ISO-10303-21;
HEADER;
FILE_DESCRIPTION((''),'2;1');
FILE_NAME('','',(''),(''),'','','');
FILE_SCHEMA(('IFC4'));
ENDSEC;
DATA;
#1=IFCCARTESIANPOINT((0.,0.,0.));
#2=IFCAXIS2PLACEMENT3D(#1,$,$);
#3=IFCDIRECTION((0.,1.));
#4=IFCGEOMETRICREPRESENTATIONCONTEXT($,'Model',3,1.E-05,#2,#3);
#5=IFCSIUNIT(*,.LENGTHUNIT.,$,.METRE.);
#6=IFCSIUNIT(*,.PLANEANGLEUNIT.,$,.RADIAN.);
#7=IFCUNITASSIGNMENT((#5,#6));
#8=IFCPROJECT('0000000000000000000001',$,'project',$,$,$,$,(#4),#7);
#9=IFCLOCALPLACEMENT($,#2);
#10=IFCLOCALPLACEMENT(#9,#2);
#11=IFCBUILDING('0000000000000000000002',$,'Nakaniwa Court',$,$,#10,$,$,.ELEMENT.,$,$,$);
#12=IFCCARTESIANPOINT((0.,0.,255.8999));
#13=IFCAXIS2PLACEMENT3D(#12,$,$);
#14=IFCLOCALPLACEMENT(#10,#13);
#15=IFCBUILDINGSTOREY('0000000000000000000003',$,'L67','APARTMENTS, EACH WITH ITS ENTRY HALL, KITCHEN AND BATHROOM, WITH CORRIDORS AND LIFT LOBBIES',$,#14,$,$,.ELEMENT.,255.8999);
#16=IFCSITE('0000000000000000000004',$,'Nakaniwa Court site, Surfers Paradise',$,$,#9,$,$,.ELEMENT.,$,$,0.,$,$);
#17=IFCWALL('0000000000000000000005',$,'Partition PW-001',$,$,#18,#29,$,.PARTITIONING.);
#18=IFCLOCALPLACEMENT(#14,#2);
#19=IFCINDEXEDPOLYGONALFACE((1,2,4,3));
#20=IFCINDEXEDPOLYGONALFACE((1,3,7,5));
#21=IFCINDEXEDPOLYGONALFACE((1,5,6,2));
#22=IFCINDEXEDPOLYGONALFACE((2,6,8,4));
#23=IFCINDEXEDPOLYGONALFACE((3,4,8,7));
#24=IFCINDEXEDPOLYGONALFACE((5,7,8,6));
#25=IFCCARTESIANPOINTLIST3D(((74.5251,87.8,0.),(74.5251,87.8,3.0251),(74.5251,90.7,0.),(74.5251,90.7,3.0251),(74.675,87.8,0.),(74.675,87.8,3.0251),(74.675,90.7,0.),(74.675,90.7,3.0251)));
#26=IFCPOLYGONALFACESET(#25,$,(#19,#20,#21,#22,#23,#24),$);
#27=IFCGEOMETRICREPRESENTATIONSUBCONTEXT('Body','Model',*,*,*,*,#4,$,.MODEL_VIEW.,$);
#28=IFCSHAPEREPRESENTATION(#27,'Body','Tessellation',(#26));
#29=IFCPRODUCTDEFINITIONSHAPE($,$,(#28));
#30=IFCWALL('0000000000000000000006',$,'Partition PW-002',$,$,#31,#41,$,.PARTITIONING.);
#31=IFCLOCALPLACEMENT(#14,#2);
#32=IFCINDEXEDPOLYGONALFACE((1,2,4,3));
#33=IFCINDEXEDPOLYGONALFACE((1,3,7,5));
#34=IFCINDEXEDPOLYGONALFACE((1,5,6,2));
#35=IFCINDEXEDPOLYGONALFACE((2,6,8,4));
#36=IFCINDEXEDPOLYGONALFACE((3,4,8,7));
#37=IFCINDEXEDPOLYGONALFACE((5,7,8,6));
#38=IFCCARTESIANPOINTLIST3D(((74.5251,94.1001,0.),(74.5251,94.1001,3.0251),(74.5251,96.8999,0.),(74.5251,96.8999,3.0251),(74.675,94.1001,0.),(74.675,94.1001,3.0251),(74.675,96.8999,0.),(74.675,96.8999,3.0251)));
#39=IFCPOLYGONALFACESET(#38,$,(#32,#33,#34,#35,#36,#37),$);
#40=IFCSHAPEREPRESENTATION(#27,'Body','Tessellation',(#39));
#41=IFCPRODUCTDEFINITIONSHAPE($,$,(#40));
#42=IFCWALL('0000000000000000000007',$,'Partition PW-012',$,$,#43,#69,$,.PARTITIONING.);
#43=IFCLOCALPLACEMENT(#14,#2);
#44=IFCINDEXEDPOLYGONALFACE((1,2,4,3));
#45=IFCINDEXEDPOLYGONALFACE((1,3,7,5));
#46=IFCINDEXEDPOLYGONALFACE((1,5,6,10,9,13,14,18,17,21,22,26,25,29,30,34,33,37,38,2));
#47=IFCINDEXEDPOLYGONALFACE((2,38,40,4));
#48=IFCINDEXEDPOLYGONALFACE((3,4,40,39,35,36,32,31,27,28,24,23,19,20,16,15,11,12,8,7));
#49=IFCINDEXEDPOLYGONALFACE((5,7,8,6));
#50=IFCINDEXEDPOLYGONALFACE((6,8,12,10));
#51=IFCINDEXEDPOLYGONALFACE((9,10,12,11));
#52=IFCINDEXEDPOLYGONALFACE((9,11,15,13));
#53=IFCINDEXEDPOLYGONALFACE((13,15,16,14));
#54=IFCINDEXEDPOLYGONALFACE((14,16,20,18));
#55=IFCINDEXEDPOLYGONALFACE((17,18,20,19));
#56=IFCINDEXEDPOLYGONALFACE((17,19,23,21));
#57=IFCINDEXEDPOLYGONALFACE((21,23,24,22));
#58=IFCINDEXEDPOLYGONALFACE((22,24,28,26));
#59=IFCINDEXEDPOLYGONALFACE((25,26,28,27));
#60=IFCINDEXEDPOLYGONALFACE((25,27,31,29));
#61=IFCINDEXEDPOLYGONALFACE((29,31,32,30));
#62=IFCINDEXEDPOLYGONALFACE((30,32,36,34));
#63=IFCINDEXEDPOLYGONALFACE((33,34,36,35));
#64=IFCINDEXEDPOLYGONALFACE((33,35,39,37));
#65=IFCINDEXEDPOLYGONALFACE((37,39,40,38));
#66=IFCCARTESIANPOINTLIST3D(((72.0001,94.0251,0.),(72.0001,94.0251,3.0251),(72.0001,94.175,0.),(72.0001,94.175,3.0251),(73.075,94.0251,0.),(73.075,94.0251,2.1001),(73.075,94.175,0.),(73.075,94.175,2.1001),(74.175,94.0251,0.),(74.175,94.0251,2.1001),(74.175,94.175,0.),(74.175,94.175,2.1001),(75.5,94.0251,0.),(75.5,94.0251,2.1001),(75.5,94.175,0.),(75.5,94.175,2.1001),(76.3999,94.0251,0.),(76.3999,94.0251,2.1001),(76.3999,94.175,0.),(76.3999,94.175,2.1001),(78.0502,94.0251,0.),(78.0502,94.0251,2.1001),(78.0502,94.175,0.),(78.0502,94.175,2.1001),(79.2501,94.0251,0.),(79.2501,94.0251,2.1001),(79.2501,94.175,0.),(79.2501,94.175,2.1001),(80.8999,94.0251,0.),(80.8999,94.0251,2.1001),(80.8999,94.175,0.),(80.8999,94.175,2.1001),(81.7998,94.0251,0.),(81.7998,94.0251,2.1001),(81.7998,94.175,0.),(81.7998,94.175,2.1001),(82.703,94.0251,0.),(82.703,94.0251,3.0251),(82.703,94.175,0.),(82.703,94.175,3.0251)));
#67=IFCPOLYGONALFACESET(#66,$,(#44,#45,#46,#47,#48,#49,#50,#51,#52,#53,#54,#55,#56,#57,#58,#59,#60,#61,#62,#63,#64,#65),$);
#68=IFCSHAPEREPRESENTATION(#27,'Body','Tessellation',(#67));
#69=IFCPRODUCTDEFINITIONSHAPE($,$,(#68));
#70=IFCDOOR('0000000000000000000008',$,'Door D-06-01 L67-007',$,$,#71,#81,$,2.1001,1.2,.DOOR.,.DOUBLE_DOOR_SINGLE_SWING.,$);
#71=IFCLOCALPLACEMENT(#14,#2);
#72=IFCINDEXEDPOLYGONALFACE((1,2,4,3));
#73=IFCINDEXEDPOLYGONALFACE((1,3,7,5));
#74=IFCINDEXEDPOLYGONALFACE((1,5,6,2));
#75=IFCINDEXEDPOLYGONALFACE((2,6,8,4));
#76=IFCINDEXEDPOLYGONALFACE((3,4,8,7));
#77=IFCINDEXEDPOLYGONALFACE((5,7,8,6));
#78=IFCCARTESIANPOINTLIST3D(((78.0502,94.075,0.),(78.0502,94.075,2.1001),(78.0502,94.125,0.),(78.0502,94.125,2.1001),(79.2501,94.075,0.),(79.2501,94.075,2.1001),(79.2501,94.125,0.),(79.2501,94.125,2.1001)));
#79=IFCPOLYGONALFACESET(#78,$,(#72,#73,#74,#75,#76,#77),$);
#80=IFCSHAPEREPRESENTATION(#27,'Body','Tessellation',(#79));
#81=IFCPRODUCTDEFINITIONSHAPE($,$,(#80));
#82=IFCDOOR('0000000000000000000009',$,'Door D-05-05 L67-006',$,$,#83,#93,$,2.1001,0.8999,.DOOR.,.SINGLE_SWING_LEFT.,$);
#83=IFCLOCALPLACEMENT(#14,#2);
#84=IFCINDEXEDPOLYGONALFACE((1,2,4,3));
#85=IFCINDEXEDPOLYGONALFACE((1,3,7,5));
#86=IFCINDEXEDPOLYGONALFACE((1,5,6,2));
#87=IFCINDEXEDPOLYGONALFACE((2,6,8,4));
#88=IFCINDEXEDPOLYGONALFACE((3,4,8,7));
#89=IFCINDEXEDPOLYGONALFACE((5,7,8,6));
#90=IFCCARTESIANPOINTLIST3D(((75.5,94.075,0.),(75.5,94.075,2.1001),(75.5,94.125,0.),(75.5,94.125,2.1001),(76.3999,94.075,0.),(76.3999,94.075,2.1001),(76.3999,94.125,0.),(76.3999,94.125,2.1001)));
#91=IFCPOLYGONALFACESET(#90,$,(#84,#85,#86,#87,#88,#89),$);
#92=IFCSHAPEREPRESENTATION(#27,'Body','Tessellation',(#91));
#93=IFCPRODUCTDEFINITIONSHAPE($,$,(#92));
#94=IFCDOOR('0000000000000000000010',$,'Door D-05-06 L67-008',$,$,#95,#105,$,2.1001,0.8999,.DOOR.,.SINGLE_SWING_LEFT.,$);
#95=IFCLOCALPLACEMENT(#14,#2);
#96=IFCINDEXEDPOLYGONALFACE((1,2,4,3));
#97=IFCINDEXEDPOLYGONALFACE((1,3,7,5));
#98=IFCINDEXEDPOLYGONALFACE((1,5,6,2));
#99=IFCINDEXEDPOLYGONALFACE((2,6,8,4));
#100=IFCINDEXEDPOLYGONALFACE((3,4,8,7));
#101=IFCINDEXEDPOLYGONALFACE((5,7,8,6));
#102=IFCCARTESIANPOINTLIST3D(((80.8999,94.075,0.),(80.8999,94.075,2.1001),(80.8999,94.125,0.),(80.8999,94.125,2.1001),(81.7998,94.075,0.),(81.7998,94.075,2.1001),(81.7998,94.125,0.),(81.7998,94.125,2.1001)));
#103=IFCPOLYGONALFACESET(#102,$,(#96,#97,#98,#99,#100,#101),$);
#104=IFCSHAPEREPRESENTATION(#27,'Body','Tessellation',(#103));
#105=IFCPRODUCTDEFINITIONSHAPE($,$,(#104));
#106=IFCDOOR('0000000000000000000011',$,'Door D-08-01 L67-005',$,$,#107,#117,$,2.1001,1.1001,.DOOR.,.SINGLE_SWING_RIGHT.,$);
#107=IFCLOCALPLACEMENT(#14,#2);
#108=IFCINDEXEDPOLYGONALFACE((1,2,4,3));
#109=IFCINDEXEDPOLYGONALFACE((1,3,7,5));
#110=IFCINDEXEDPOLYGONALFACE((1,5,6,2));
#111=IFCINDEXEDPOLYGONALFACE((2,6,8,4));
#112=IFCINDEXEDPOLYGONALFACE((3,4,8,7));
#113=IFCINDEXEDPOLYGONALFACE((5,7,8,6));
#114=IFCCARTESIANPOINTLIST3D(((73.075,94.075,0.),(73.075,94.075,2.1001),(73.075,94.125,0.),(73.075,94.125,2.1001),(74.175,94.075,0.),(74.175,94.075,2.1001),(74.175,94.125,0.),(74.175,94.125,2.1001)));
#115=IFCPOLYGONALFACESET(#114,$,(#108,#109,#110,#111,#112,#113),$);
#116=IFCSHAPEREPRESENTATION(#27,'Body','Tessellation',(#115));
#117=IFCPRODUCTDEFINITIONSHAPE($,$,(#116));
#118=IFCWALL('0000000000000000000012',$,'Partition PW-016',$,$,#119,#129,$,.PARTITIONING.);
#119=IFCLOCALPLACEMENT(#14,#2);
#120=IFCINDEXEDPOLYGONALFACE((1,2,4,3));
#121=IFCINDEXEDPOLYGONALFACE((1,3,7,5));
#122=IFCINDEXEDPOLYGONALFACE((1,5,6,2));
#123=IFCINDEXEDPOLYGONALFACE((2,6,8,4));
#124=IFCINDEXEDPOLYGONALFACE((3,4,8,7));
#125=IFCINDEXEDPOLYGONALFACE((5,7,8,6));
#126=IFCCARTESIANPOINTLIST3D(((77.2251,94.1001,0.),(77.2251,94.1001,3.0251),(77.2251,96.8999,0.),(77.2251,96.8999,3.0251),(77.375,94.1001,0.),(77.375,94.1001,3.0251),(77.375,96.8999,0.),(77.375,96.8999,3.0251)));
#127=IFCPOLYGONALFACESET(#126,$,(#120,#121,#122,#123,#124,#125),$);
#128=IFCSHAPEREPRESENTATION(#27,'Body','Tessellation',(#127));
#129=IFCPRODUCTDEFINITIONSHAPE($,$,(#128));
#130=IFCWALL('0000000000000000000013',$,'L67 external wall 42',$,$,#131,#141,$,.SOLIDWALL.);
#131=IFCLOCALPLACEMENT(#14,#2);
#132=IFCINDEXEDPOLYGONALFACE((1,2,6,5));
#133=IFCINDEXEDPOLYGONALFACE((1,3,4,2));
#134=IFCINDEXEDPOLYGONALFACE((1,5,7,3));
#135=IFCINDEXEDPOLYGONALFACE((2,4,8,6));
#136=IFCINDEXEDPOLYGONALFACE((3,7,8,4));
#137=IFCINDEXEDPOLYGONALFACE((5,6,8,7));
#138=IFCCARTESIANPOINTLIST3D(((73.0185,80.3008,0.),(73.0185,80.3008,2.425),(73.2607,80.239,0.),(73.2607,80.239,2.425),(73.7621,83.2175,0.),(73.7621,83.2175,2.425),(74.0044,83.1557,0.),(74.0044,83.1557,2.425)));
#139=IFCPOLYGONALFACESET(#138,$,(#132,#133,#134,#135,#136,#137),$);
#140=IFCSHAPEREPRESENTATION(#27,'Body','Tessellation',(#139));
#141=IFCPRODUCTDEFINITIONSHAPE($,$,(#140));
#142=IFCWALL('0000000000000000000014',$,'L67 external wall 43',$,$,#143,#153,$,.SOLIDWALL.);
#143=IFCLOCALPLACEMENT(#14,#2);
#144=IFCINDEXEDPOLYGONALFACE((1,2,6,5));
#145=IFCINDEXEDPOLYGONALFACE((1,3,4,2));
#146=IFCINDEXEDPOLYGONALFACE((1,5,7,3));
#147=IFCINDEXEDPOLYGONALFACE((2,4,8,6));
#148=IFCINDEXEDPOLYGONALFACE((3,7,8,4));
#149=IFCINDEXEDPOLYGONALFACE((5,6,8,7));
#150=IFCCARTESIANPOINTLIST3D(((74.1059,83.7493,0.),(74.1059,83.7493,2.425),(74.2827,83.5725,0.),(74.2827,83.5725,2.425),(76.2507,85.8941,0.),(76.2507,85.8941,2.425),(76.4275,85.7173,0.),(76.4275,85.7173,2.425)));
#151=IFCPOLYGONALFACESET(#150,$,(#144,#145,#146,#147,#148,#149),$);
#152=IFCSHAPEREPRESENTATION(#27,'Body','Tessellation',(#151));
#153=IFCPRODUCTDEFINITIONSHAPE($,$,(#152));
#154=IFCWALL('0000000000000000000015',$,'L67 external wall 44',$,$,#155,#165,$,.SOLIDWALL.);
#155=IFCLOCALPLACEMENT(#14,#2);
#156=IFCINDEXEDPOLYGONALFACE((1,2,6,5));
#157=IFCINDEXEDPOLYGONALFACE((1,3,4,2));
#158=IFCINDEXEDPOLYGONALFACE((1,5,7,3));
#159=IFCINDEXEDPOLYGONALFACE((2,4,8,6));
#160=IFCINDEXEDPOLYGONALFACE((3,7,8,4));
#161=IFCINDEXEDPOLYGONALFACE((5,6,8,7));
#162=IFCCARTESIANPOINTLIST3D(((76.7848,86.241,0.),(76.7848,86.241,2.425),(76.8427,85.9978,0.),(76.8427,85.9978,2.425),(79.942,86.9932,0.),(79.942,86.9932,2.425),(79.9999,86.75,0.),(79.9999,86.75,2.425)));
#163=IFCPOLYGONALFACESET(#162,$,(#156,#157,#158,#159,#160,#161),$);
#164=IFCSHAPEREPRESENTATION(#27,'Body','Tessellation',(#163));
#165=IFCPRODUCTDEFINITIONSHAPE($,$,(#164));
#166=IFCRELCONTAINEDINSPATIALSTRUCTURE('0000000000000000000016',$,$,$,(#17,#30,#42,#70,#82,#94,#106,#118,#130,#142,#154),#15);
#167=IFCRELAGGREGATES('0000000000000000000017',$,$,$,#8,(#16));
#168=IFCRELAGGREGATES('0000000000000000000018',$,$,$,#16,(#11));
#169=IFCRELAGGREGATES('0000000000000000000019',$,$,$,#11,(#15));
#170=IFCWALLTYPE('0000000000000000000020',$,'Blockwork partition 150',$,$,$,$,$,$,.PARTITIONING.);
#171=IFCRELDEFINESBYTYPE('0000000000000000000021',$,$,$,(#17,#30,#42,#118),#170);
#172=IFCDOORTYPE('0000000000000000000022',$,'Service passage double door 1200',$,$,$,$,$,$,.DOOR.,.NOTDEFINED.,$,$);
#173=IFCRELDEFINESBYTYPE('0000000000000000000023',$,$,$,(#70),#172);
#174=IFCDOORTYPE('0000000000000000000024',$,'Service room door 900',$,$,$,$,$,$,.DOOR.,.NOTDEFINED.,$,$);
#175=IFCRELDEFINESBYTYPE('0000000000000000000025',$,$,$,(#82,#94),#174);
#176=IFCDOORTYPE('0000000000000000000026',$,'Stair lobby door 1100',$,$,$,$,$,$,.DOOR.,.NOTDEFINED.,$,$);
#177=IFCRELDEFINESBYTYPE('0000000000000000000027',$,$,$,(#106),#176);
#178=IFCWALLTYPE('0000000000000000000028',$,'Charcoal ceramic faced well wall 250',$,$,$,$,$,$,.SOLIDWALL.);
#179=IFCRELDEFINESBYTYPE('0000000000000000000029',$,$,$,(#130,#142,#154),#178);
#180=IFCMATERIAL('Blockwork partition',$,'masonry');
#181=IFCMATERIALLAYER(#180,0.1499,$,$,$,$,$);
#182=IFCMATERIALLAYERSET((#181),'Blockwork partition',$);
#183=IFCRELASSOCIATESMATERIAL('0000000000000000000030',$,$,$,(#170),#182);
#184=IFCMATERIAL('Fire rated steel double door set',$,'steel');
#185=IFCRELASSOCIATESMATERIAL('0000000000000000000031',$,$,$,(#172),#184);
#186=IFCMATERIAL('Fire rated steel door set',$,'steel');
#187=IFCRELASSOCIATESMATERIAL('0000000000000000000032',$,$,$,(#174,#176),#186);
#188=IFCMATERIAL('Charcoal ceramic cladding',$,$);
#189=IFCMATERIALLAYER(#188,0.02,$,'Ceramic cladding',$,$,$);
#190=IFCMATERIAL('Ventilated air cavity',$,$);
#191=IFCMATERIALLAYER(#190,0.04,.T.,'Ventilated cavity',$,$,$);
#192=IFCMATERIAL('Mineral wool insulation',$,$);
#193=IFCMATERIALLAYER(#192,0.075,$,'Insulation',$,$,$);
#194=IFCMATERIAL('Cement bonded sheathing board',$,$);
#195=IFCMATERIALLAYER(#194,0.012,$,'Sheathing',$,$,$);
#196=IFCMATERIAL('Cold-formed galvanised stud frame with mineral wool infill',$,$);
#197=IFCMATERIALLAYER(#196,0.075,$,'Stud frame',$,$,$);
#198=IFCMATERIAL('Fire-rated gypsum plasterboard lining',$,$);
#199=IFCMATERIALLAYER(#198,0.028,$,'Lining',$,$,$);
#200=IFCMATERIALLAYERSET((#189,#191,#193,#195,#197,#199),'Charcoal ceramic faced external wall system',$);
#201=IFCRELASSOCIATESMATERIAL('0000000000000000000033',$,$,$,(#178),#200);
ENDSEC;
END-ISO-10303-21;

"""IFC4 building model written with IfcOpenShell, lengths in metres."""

from ifc_helpers import new_model, si_unit, direction, frame, frame_2d, origin, place, context, subcontext, project, spatial, rectangle, extrude, material, layer, layer_set, type_object, element, fill, save


model = new_model("IFC4")

# Units and contexts
model_context = context("Model", 3, precision=1e-05, world=origin(), true_north=direction((0.0, 1.0)))
body_context = subcontext(model_context, "Body", "Model", "MODEL_VIEW")
ifc_project = project(units=[si_unit("LENGTHUNIT", "METRE"), si_unit("PLANEANGLEUNIT", "RADIAN")], contexts=[model_context])

# Site, building, storey
site_placement = place(None, origin())
site = spatial("IfcSite", under=ifc_project, at=site_placement, Name="Nakaniwa Court site, Surfers Paradise", CompositionType="ELEMENT", RefElevation=0.0)
building_placement = place(site_placement, origin())
building = spatial("IfcBuilding", under=site, at=building_placement, Name="Nakaniwa Court", CompositionType="ELEMENT")
storey_placement = place(building_placement, frame((0.0, 0.0, 255.8999)))
storey = spatial("IfcBuildingStorey", under=building, at=storey_placement, Name="L67", Description="APARTMENTS, EACH WITH ITS ENTRY HALL, KITCHEN AND BATHROOM, WITH CORRIDORS AND LIFT LOBBIES", CompositionType="ELEMENT", Elevation=255.8999)

# Walls
ifc_material_1 = material(Name="Blockwork partition", Category="masonry")
ifc_layer_1 = layer(ifc_material_1, 0.1499)
ifc_layer_set_1 = layer_set([ifc_layer_1], Name="Blockwork partition")
wall_type_1 = type_object("IfcWallType", Name="Blockwork partition 150", PredefinedType="PARTITIONING", material=ifc_layer_set_1)
wall_1_placement = place(storey_placement, frame((74.6001, 87.8, 0.0), z_axis=(0.0, 0.0, 1.0), x_axis=(0.0, 1.0, 0.0)))
element("IfcWall", 1, at=wall_1_placement, inside=storey, type_object=wall_type_1, Name="Partition PW-001", PredefinedType="PARTITIONING", context=body_context, shape_type="SweptSolid", body=[
    extrude(rectangle(XDim=2.8999, YDim=0.1499, at=frame_2d((1.45, 0.0))), origin(), (0.0, 0.0, 1.0), 3.0251),
])
wall_2_placement = place(storey_placement, frame((74.6001, 94.1001, 0.0), z_axis=(0.0, 0.0, 1.0), x_axis=(0.0, 1.0, 0.0)))
element("IfcWall", 2, at=wall_2_placement, inside=storey, type_object=wall_type_1, Name="Partition PW-002", PredefinedType="PARTITIONING", context=body_context, shape_type="SweptSolid", body=[
    extrude(rectangle(XDim=2.7998, YDim=0.1499, at=frame_2d((1.3999, 0.0))), origin(), (0.0, 0.0, 1.0), 3.0251),
])

# Wall, openings, doors
wall_3_placement = place(storey_placement, frame((72.0, 94.1001, 0.0), z_axis=(0.0, 0.0, 1.0), x_axis=(1.0, 0.0, 0.0)))
wall_3 = element("IfcWall", 3, at=wall_3_placement, inside=storey, type_object=wall_type_1, Name="Partition PW-012", PredefinedType="PARTITIONING", context=body_context, shape_type="SweptSolid", body=[
    extrude(rectangle(XDim=10.7029, YDim=0.1499, at=frame_2d((5.3516, 0.0))), origin(), (0.0, 0.0, 1.0), 3.0251),
])
opening_1_placement = place(wall_3_placement, frame((1.075, 0.0, 0.0)))
opening_1 = element("IfcOpeningElement", 4, at=opening_1_placement, cuts=wall_3, PredefinedType="OPENING", context=body_context, shape_type="SweptSolid", body=[
    extrude(rectangle(XDim=1.1001, YDim=2.1001, at=frame_2d((0.55, 1.05))), frame((0.0, 0.085, 0.0), z_axis=(0.0, -1.0, 0.0), x_axis=(1.0, 0.0, 0.0)), (0.0, 0.0, 1.0), 0.1699),
])
opening_2_placement = place(wall_3_placement, frame((3.5, 0.0, 0.0)))
opening_2 = element("IfcOpeningElement", 5, at=opening_2_placement, cuts=wall_3, PredefinedType="OPENING", context=body_context, shape_type="SweptSolid", body=[
    extrude(rectangle(XDim=0.8999, YDim=2.1001, at=frame_2d((0.45, 1.05))), frame((0.0, 0.085, 0.0), z_axis=(0.0, -1.0, 0.0), x_axis=(1.0, 0.0, 0.0)), (0.0, 0.0, 1.0), 0.1699),
])
opening_3_placement = place(wall_3_placement, frame((6.05, 0.0, 0.0)))
opening_3 = element("IfcOpeningElement", 6, at=opening_3_placement, cuts=wall_3, PredefinedType="OPENING", context=body_context, shape_type="SweptSolid", body=[
    extrude(rectangle(XDim=1.2, YDim=2.1001, at=frame_2d((0.6001, 1.05))), frame((0.0, 0.085, 0.0), z_axis=(0.0, -1.0, 0.0), x_axis=(1.0, 0.0, 0.0)), (0.0, 0.0, 1.0), 0.1699),
])
opening_4_placement = place(wall_3_placement, frame((8.8999, 0.0, 0.0)))
opening_4 = element("IfcOpeningElement", 7, at=opening_4_placement, cuts=wall_3, PredefinedType="OPENING", context=body_context, shape_type="SweptSolid", body=[
    extrude(rectangle(XDim=0.8999, YDim=2.1001, at=frame_2d((0.45, 1.05))), frame((0.0, 0.085, 0.0), z_axis=(0.0, -1.0, 0.0), x_axis=(1.0, 0.0, 0.0)), (0.0, 0.0, 1.0), 0.1699),
])
ifc_material_2 = material(Name="Fire rated steel double door set", Category="steel")
door_type_1 = type_object("IfcDoorType", Name="Service passage double door 1200", OperationType="NOTDEFINED", PredefinedType="DOOR", material=ifc_material_2)
door_1_placement = place(opening_3_placement, origin())
door_1 = element("IfcDoor", 8, at=door_1_placement, inside=storey, type_object=door_type_1, Name="Door D-06-01 L67-007", OperationType="DOUBLE_DOOR_SINGLE_SWING", OverallHeight=2.1001, OverallWidth=1.2, PredefinedType="DOOR", context=body_context, shape_type="SweptSolid", body=[
    extrude(rectangle(XDim=1.2, YDim=2.1001, at=frame_2d((0.6001, 1.05))), frame((0.0, 0.0249, 0.0), z_axis=(0.0, -1.0, 0.0), x_axis=(1.0, 0.0, 0.0)), (0.0, 0.0, 1.0), 0.05),
])
fill(opening_3, door_1)
ifc_material_3 = material(Name="Fire rated steel door set", Category="steel")
door_type_2 = type_object("IfcDoorType", Name="Service room door 900", OperationType="NOTDEFINED", PredefinedType="DOOR", material=ifc_material_3)
door_2_placement = place(opening_2_placement, origin())
door_2 = element("IfcDoor", 9, at=door_2_placement, inside=storey, type_object=door_type_2, Name="Door D-05-05 L67-006", OperationType="SINGLE_SWING_LEFT", OverallHeight=2.1001, OverallWidth=0.8999, PredefinedType="DOOR", context=body_context, shape_type="SweptSolid", body=[
    extrude(rectangle(XDim=0.8999, YDim=2.1001, at=frame_2d((0.45, 1.05))), frame((0.0, 0.0249, 0.0), z_axis=(0.0, -1.0, 0.0), x_axis=(1.0, 0.0, 0.0)), (0.0, 0.0, 1.0), 0.05),
])
fill(opening_2, door_2)
door_3_placement = place(opening_4_placement, origin())
door_3 = element("IfcDoor", 10, at=door_3_placement, inside=storey, type_object=door_type_2, Name="Door D-05-06 L67-008", OperationType="SINGLE_SWING_LEFT", OverallHeight=2.1001, OverallWidth=0.8999, PredefinedType="DOOR", context=body_context, shape_type="SweptSolid", body=[
    extrude(rectangle(XDim=0.8999, YDim=2.1001, at=frame_2d((0.45, 1.05))), frame((0.0, 0.0249, 0.0), z_axis=(0.0, -1.0, 0.0), x_axis=(1.0, 0.0, 0.0)), (0.0, 0.0, 1.0), 0.05),
])
fill(opening_4, door_3)
door_type_3 = type_object("IfcDoorType", Name="Stair lobby door 1100", OperationType="NOTDEFINED", PredefinedType="DOOR", material=ifc_material_3)
door_4_placement = place(opening_1_placement, origin())
door_4 = element("IfcDoor", 11, at=door_4_placement, inside=storey, type_object=door_type_3, Name="Door D-08-01 L67-005", OperationType="SINGLE_SWING_RIGHT", OverallHeight=2.1001, OverallWidth=1.1001, PredefinedType="DOOR", context=body_context, shape_type="SweptSolid", body=[
    extrude(rectangle(XDim=1.1001, YDim=2.1001, at=frame_2d((0.55, 1.05))), frame((0.0, 0.0249, 0.0), z_axis=(0.0, -1.0, 0.0), x_axis=(1.0, 0.0, 0.0)), (0.0, 0.0, 1.0), 0.05),
])
fill(opening_1, door_4)

# Walls
wall_4_placement = place(storey_placement, frame((77.3, 94.1001, 0.0), z_axis=(0.0, 0.0, 1.0), x_axis=(0.0, 1.0, 0.0)))
element("IfcWall", 12, at=wall_4_placement, inside=storey, type_object=wall_type_1, Name="Partition PW-016", PredefinedType="PARTITIONING", context=body_context, shape_type="SweptSolid", body=[
    extrude(rectangle(XDim=2.7998, YDim=0.1499, at=frame_2d((1.3999, 0.0))), origin(), (0.0, 0.0, 1.0), 3.0251),
])
ifc_material_4 = material(Name="Charcoal ceramic cladding")
ifc_layer_2 = layer(ifc_material_4, 0.02, Name="Ceramic cladding")
ifc_material_5 = material(Name="Ventilated air cavity")
ifc_layer_3 = layer(ifc_material_5, 0.04, ventilated=True, Name="Ventilated cavity")
ifc_material_6 = material(Name="Mineral wool insulation")
ifc_layer_4 = layer(ifc_material_6, 0.075, Name="Insulation")
ifc_material_7 = material(Name="Cement bonded sheathing board")
ifc_layer_5 = layer(ifc_material_7, 0.012, Name="Sheathing")
ifc_material_8 = material(Name="Cold-formed galvanised stud frame with mineral wool infill")
ifc_layer_6 = layer(ifc_material_8, 0.075, Name="Stud frame")
ifc_material_9 = material(Name="Fire-rated gypsum plasterboard lining")
ifc_layer_7 = layer(ifc_material_9, 0.028, Name="Lining")
ifc_layer_set_2 = layer_set([ifc_layer_2, ifc_layer_3, ifc_layer_4, ifc_layer_5, ifc_layer_6, ifc_layer_7], Name="Charcoal ceramic faced external wall system")
wall_type_2 = type_object("IfcWallType", Name="Charcoal ceramic faced well wall 250", PredefinedType="SOLIDWALL", material=ifc_layer_set_2)
wall_5_placement = place(storey_placement, frame((73.1396, 80.27, 0.0), z_axis=(0.0, 0.0, 1.0), x_axis=(0.247056, 0.969001, 0.0)))
element("IfcWall", 13, at=wall_5_placement, inside=storey, type_object=wall_type_2, Name="L67 external wall 42", PredefinedType="SOLIDWALL", context=body_context, shape_type="SweptSolid", body=[
    extrude(rectangle(XDim=3.01, YDim=0.25, at=frame_2d((1.5049, 0.0))), origin(), (0.0, 0.0, 1.0), 2.425),
])
wall_6_placement = place(storey_placement, frame((74.1943, 83.6609, 0.0), z_axis=(0.0, 0.0, 1.0), x_axis=(0.707107, 0.707107, 0.0)))
element("IfcWall", 14, at=wall_6_placement, inside=storey, type_object=wall_type_2, Name="L67 external wall 43", PredefinedType="SOLIDWALL", context=body_context, shape_type="SweptSolid", body=[
    extrude(rectangle(XDim=3.0332, YDim=0.25, at=frame_2d((1.5166, 0.0))), origin(), (0.0, 0.0, 1.0), 2.425),
])
wall_7_placement = place(storey_placement, frame((76.8137, 86.1194, 0.0), z_axis=(0.0, 0.0, 1.0), x_axis=(0.972773, 0.23176, 0.0)))
element("IfcWall", 15, at=wall_7_placement, inside=storey, type_object=wall_type_2, Name="L67 external wall 44", PredefinedType="SOLIDWALL", context=body_context, shape_type="SweptSolid", body=[
    extrude(rectangle(XDim=3.2456, YDim=0.25, at=frame_2d((1.6228, 0.0))), origin(), (0.0, 0.0, 1.0), 2.425),
])

save(model, "model.ifc")
